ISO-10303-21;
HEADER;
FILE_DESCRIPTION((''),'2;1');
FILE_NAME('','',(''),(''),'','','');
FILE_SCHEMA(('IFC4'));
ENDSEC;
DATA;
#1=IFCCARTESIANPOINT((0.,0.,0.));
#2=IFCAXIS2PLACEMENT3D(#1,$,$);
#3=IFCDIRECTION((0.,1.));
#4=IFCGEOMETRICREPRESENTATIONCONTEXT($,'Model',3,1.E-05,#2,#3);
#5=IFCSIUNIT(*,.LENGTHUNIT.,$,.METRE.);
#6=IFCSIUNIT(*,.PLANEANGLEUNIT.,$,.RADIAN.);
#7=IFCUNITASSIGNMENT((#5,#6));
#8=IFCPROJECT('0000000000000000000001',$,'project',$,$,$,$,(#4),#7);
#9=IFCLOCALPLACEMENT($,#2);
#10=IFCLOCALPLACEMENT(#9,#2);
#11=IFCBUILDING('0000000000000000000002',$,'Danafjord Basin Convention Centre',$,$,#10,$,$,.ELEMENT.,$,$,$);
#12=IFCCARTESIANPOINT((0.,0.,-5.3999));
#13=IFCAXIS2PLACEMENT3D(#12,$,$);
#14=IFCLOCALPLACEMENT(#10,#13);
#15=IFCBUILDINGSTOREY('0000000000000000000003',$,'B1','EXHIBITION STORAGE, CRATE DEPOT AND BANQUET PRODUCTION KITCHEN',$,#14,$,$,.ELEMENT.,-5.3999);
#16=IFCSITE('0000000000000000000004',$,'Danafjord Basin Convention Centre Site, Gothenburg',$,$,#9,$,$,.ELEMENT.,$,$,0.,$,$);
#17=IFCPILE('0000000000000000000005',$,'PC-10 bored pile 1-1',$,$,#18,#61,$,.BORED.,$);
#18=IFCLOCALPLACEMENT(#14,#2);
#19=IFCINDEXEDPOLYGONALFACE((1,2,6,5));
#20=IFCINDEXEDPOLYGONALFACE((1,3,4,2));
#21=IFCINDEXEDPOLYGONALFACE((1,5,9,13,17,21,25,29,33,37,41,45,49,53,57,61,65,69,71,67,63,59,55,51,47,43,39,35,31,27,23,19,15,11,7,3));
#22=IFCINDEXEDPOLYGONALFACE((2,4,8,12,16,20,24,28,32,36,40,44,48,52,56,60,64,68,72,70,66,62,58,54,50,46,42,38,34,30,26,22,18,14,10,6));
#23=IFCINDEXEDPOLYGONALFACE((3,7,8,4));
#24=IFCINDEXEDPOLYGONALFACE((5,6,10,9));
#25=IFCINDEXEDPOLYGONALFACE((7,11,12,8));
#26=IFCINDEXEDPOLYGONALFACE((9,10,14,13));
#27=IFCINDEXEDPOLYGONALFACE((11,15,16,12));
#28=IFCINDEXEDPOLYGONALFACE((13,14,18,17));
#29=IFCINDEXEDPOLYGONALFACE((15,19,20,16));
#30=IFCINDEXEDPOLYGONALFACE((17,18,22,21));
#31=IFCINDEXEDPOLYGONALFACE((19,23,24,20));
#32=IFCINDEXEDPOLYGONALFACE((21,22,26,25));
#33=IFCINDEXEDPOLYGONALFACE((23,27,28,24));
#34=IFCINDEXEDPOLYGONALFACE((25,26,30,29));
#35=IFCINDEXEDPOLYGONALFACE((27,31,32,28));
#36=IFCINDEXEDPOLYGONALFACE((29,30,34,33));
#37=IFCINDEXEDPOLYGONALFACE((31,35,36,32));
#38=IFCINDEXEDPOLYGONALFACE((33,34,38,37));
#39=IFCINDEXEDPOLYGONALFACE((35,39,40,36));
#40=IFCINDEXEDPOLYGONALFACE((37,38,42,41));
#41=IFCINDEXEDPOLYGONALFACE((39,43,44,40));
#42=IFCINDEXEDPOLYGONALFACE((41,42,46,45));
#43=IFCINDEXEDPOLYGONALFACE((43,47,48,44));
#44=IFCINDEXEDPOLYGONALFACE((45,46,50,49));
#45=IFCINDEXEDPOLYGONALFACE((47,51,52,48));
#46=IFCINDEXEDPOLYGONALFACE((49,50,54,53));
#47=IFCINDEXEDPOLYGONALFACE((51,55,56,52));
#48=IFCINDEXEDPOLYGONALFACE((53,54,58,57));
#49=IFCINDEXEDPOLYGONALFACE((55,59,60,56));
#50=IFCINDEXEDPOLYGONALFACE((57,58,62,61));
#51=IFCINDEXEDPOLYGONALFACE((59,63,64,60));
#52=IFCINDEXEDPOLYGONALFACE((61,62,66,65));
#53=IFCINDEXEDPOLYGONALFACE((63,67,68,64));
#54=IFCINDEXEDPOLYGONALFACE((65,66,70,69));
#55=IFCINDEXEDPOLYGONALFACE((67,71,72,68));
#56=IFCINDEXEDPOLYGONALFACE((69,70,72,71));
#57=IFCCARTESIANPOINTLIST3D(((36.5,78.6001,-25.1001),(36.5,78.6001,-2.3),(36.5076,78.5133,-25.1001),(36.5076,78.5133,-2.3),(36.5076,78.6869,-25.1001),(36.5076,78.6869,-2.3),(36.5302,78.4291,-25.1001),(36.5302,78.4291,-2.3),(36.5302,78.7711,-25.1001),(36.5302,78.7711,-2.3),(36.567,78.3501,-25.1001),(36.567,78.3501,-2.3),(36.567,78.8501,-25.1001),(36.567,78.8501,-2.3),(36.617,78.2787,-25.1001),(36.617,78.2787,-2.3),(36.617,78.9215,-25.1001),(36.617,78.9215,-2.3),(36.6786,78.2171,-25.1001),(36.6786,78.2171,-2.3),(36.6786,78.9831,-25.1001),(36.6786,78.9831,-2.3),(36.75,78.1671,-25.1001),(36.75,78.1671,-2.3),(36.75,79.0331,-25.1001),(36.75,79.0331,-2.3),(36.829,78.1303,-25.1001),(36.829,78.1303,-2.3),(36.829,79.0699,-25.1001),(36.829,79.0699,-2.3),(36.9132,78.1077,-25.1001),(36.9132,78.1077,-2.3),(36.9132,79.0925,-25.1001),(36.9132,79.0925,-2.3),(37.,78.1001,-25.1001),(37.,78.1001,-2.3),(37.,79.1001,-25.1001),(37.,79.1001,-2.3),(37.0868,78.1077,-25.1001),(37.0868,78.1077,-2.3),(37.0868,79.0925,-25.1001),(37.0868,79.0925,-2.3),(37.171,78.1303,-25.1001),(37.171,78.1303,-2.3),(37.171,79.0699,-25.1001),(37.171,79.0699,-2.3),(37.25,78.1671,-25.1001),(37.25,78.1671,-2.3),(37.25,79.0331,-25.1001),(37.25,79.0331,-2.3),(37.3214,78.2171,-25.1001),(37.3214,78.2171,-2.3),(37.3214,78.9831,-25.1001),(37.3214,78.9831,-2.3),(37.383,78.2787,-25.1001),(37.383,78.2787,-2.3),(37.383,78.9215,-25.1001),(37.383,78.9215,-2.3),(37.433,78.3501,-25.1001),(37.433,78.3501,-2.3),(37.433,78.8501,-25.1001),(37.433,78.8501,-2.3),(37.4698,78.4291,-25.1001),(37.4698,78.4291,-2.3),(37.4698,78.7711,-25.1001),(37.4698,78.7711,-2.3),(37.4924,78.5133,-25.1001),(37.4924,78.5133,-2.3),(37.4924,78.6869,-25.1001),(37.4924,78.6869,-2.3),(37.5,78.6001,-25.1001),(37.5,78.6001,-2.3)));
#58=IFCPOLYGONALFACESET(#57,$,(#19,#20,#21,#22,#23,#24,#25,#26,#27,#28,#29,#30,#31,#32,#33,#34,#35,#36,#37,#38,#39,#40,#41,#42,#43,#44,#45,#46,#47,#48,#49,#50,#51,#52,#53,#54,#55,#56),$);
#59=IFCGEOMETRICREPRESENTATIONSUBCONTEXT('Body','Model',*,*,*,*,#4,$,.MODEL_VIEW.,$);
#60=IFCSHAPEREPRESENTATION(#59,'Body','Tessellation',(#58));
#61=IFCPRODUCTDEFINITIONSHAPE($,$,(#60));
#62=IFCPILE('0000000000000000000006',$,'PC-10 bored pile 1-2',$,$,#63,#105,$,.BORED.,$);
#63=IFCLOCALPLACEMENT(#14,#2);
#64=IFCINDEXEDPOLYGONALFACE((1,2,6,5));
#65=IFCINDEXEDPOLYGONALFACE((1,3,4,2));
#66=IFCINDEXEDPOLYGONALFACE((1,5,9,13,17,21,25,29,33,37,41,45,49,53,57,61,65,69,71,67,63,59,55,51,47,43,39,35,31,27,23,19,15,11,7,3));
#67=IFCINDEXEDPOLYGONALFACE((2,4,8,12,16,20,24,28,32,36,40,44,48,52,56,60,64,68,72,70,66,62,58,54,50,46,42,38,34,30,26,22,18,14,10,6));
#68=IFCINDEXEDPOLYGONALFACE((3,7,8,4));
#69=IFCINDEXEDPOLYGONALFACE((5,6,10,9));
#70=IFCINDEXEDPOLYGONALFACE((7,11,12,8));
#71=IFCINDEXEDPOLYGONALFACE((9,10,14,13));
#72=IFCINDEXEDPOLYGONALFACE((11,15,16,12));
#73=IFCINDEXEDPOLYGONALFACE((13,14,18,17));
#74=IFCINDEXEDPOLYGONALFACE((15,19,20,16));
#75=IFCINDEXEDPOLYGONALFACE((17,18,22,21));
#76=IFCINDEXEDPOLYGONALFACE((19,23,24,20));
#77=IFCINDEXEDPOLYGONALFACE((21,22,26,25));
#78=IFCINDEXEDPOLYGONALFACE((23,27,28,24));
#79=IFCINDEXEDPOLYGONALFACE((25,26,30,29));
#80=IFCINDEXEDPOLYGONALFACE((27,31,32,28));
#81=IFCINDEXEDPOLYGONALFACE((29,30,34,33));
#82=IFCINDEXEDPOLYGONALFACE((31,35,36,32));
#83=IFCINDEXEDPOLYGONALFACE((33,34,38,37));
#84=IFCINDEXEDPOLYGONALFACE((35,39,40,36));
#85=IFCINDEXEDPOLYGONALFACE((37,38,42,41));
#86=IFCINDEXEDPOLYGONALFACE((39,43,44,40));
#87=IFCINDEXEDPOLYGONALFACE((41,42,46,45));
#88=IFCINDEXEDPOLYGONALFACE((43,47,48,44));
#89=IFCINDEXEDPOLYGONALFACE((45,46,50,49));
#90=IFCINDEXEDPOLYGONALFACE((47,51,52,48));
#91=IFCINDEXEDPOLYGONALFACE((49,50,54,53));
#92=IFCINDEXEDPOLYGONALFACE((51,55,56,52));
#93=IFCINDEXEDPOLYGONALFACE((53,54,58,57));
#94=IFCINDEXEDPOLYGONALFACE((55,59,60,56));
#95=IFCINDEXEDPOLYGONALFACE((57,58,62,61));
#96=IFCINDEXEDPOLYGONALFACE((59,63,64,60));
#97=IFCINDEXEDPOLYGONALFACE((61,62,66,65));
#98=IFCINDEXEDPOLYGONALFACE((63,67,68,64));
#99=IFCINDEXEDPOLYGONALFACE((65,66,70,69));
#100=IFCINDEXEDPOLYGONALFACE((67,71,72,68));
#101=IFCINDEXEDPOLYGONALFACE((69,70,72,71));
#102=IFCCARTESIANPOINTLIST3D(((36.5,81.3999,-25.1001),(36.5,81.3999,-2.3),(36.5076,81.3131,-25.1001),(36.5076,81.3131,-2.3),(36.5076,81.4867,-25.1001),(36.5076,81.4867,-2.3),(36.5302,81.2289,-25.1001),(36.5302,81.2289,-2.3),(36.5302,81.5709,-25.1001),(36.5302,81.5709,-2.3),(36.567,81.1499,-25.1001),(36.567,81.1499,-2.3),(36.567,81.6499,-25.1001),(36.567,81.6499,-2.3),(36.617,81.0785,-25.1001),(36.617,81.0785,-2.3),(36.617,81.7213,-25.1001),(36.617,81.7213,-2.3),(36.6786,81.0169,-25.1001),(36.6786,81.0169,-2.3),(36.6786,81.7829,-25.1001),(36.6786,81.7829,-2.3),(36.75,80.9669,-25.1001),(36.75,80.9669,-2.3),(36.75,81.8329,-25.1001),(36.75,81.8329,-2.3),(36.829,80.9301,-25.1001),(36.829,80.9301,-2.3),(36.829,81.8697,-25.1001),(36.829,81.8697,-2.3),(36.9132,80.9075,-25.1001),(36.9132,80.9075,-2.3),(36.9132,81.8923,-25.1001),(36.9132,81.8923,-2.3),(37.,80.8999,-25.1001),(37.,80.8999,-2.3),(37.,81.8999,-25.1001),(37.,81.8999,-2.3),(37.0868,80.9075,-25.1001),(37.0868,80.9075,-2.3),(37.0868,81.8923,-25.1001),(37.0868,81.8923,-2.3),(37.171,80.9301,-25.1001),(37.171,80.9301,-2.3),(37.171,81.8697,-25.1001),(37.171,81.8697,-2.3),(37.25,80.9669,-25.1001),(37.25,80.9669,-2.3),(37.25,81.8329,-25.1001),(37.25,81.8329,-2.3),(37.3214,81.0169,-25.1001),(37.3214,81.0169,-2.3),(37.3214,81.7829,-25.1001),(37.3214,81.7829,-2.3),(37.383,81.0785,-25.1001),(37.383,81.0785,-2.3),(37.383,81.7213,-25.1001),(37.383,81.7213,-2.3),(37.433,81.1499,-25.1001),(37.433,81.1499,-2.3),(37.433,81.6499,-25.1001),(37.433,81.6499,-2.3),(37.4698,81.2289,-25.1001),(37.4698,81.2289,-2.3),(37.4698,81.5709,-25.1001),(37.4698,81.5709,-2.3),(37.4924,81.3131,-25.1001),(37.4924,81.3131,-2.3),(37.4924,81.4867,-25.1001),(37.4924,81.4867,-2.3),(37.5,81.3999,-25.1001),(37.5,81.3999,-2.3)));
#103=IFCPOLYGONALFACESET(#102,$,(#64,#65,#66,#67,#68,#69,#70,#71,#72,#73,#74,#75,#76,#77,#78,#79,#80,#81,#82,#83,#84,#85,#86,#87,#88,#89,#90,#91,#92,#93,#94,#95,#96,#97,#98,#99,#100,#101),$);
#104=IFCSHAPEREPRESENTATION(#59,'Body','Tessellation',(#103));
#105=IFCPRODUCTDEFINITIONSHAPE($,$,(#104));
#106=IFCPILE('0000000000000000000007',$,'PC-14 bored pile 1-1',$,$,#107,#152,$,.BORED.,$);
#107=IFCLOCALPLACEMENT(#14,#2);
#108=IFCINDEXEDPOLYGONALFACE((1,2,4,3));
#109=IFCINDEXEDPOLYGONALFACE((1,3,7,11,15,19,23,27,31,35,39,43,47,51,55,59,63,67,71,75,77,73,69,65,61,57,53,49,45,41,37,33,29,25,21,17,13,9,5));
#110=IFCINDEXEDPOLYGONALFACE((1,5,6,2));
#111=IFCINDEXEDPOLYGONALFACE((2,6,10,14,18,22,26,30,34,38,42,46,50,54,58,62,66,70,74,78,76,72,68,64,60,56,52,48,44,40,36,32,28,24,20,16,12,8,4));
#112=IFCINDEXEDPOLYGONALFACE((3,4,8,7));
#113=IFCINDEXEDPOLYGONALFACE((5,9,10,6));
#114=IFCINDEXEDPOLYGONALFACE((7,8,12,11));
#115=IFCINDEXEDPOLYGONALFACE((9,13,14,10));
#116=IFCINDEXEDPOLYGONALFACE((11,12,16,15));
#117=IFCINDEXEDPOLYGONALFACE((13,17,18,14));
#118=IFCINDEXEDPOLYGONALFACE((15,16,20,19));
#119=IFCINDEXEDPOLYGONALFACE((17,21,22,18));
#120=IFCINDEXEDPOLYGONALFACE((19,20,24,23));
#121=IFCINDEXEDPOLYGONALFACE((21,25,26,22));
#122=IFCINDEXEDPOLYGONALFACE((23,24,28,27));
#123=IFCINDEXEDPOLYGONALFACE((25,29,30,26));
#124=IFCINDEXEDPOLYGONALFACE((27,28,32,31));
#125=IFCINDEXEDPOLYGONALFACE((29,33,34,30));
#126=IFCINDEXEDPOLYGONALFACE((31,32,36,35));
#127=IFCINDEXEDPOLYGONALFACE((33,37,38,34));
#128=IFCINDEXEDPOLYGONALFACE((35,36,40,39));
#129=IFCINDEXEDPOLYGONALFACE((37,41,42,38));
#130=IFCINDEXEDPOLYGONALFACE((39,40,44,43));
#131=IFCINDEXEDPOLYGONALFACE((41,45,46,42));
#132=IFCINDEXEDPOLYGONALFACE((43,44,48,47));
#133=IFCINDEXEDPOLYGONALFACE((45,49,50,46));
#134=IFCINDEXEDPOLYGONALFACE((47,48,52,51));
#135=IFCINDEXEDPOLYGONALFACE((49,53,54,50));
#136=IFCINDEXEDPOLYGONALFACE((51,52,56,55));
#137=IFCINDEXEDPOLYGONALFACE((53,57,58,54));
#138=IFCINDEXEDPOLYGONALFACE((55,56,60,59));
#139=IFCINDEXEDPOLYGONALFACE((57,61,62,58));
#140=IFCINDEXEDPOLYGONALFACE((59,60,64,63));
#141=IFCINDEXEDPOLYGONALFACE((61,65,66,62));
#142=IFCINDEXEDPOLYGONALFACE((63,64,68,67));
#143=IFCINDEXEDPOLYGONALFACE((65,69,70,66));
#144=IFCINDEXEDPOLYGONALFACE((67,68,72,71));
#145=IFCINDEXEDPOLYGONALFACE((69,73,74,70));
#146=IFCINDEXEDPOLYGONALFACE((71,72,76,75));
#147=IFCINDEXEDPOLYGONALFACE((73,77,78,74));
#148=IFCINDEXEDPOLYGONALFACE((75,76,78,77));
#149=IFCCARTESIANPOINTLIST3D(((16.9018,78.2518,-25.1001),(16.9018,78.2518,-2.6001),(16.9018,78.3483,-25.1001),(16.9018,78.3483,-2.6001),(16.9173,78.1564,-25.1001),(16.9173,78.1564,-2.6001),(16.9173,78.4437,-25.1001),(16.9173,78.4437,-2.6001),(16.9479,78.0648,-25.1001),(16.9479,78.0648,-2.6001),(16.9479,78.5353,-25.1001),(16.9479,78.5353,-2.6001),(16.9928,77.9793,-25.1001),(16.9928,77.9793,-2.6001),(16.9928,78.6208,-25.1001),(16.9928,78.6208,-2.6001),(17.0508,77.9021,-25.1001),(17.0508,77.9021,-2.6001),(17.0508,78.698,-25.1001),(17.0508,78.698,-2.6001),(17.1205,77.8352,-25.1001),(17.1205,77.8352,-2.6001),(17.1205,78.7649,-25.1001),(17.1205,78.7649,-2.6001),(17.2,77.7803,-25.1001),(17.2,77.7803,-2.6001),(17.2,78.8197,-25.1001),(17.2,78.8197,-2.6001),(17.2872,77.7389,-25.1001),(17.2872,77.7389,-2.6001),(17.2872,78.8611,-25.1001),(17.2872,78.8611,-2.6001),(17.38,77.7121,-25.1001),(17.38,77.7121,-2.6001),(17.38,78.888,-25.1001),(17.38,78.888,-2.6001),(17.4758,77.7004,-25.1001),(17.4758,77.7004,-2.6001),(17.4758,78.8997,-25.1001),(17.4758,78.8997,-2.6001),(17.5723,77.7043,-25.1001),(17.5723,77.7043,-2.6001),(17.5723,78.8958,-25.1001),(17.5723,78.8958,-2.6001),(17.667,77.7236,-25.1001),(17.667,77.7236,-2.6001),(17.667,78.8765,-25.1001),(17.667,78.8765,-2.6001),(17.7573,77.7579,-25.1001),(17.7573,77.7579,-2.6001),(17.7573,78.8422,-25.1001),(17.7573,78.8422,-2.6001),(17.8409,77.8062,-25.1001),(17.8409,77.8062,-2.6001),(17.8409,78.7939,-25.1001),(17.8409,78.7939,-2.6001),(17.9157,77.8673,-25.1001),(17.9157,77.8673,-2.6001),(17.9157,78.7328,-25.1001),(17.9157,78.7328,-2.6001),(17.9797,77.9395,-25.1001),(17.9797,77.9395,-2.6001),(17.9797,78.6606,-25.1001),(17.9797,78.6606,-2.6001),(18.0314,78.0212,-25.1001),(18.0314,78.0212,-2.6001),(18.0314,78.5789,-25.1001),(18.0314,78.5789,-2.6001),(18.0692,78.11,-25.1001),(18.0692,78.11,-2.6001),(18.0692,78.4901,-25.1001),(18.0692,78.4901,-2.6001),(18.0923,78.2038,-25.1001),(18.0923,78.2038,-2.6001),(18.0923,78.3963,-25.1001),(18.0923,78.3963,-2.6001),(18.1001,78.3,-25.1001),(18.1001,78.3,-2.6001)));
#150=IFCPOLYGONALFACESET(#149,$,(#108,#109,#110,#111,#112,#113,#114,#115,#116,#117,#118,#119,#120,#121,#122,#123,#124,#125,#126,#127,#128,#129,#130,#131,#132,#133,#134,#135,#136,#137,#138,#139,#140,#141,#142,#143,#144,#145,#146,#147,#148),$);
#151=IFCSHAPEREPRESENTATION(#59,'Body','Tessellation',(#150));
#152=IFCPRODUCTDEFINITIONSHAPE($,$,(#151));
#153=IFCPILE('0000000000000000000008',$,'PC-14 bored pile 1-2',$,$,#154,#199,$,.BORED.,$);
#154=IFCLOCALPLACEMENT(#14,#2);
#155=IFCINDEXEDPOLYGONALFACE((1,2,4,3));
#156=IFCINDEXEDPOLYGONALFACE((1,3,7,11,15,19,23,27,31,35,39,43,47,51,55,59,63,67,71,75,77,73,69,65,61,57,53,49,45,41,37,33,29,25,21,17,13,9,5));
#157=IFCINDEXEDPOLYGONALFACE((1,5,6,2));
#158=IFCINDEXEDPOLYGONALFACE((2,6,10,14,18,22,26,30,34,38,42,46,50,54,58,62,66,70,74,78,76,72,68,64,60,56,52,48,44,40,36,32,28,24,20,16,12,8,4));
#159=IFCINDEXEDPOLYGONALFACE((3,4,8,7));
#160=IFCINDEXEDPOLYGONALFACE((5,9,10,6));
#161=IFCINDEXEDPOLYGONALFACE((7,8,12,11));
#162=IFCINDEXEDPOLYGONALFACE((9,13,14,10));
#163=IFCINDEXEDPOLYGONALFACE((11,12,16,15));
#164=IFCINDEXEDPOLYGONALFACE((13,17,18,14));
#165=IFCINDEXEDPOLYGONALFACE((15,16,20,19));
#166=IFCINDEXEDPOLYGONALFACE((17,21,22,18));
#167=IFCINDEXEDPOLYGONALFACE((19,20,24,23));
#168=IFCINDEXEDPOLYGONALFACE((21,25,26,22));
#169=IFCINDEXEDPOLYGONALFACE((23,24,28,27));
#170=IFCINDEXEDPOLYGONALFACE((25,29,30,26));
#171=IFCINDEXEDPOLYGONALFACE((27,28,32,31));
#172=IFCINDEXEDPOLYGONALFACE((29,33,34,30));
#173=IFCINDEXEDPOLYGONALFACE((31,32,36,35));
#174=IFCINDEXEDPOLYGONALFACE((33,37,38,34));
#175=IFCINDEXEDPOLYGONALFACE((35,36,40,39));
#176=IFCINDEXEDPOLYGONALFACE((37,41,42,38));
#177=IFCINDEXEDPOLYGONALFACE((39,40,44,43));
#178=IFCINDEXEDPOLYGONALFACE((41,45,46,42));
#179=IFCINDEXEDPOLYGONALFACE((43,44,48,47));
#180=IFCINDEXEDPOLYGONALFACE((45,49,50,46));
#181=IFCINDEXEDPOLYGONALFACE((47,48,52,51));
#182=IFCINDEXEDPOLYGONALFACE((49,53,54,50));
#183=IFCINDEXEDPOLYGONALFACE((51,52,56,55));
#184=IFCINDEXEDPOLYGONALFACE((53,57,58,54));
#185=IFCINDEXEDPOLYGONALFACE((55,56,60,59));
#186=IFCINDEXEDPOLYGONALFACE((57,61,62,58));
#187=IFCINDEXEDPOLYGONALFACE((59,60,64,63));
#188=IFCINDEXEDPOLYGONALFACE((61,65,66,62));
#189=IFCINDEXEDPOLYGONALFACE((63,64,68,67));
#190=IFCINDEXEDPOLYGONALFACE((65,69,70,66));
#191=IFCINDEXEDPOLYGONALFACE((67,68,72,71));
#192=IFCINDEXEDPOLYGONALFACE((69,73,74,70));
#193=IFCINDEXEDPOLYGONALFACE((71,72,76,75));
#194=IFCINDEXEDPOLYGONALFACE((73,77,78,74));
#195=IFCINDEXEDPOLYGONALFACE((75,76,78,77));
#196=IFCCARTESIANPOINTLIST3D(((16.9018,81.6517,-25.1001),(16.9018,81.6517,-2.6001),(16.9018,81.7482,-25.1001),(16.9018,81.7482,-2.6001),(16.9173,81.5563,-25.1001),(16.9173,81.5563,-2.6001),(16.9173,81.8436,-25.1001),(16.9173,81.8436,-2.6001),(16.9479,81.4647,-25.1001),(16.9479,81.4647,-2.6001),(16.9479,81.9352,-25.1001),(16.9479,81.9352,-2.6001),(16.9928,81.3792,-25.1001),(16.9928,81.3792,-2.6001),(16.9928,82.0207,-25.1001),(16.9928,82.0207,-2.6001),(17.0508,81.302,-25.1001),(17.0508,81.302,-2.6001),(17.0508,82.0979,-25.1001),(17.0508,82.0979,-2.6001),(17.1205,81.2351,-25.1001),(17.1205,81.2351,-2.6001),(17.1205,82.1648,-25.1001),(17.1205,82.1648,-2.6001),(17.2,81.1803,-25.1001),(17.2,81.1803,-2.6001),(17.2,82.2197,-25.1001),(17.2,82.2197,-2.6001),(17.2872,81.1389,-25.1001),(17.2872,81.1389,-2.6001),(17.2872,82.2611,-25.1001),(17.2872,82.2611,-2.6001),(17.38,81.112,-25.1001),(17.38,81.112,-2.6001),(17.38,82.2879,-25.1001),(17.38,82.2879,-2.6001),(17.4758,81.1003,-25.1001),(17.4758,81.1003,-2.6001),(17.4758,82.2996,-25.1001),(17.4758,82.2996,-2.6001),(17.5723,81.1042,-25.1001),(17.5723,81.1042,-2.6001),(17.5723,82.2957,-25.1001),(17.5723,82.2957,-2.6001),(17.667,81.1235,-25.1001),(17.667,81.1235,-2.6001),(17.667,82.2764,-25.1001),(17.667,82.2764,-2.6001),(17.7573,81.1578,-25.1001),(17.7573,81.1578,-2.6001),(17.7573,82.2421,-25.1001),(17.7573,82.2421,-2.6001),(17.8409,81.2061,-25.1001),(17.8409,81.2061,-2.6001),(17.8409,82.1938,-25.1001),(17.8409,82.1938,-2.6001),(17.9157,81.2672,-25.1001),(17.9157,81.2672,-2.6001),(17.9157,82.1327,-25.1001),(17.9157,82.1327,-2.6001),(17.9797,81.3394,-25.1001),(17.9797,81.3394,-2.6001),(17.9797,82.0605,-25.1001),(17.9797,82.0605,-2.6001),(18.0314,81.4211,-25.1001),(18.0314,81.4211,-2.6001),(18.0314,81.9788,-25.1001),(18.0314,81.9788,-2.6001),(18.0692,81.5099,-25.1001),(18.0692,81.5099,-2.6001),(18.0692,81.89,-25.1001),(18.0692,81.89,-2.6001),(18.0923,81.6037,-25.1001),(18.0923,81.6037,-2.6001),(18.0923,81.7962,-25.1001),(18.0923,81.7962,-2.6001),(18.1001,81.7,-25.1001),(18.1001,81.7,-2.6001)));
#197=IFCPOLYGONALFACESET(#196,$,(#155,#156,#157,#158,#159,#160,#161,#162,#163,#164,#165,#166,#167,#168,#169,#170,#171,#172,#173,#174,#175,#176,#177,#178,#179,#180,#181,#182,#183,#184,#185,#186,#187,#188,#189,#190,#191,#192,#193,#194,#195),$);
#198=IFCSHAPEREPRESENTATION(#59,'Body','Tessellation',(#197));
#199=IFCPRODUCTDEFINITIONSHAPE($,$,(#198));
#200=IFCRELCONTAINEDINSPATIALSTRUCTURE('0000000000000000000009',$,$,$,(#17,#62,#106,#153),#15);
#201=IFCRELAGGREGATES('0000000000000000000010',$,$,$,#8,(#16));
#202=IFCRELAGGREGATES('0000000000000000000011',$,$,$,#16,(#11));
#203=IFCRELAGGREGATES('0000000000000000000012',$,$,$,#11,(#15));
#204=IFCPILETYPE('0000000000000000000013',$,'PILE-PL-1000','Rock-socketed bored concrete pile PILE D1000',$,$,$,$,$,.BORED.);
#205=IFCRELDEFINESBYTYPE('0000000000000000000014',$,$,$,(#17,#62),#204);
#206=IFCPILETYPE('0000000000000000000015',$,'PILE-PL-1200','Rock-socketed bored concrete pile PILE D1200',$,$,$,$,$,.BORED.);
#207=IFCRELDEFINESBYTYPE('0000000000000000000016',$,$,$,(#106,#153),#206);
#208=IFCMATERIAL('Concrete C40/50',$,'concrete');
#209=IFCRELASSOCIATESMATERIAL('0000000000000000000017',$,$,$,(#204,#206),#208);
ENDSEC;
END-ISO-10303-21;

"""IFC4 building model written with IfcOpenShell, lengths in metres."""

from ifc_helpers import new_model, si_unit, direction, frame, origin, origin_2d, place, context, subcontext, project, spatial, circle, extrude, material, material_profile, profile_set, type_object, element, save


model = new_model("IFC4")

# Units and contexts
model_context = context("Model", 3, precision=1e-05, world=origin(), true_north=direction((0.0, 1.0)))
body_context = subcontext(model_context, "Body", "Model", "MODEL_VIEW")
ifc_project = project(units=[si_unit("LENGTHUNIT", "METRE"), si_unit("PLANEANGLEUNIT", "RADIAN")], contexts=[model_context])

# Site, building, storey
site_placement = place(None, origin())
site = spatial("IfcSite", under=ifc_project, at=site_placement, Name="Danafjord Basin Convention Centre Site, Gothenburg", CompositionType="ELEMENT", RefElevation=0.0)
building_placement = place(site_placement, origin())
building = spatial("IfcBuilding", under=site, at=building_placement, Name="Danafjord Basin Convention Centre", CompositionType="ELEMENT")
storey_placement = place(building_placement, frame((0.0, 0.0, -5.3999)))
storey = spatial("IfcBuildingStorey", under=building, at=storey_placement, Name="B1", Description="EXHIBITION STORAGE, CRATE DEPOT AND BANQUET PRODUCTION KITCHEN", CompositionType="ELEMENT", Elevation=-5.3999)

# Shared definitions
ifc_material_1 = material(Name="Concrete C40/50", Category="concrete")

# Piles
ifc_material_profile_1 = material_profile(ifc_material_1, circle(Radius=0.5, at=origin_2d()), Name="PILE D1000")
ifc_profile_set_1 = profile_set([ifc_material_profile_1], Name="Concrete C40/50")
pile_type_1 = type_object("IfcPileType", Name="PILE-PL-1000", Description="Rock-socketed bored concrete pile PILE D1000", PredefinedType="BORED", material=ifc_profile_set_1)
for number, where, z_axis, x_axis, name in (
    (1, (37.0, 78.6001, -2.3), (0.0, 0.0, -1.0), (1.0, 0.0, 0.0), "PC-10 bored pile 1-1"),
    (2, (37.0, 81.3999, -2.3), (0.0, 0.0, -1.0), (1.0, 0.0, 0.0), "PC-10 bored pile 1-2"),
):
    element("IfcPile", number, at=place(storey_placement, frame(where, z_axis=z_axis, x_axis=x_axis)), inside=storey, type_object=pile_type_1, Name=name, PredefinedType="BORED", context=body_context, shape_type="SweptSolid", body=[
        extrude(circle(Radius=0.5, at=origin_2d()), origin(), (0.0, 0.0, 1.0), 22.8),
    ])
ifc_material_profile_2 = material_profile(ifc_material_1, circle(Radius=0.6001, at=origin_2d()), Name="PILE D1200")
ifc_profile_set_2 = profile_set([ifc_material_profile_2], Name="Concrete C40/50")
pile_type_2 = type_object("IfcPileType", Name="PILE-PL-1200", Description="Rock-socketed bored concrete pile PILE D1200", PredefinedType="BORED", material=ifc_profile_set_2)
for number, where, z_axis, x_axis, name in (
    (3, (17.5, 78.3, -2.6001), (0.0, 0.0, -1.0), (1.0, 0.0, 0.0), "PC-14 bored pile 1-1"),
    (4, (17.5, 81.7, -2.6001), (0.0, 0.0, -1.0), (1.0, 0.0, 0.0), "PC-14 bored pile 1-2"),
):
    element("IfcPile", number, at=place(storey_placement, frame(where, z_axis=z_axis, x_axis=x_axis)), inside=storey, type_object=pile_type_2, Name=name, PredefinedType="BORED", context=body_context, shape_type="SweptSolid", body=[
        extrude(circle(Radius=0.6001, at=origin_2d()), origin(), (0.0, 0.0, 1.0), 22.5),
    ])

save(model, "model.ifc")
